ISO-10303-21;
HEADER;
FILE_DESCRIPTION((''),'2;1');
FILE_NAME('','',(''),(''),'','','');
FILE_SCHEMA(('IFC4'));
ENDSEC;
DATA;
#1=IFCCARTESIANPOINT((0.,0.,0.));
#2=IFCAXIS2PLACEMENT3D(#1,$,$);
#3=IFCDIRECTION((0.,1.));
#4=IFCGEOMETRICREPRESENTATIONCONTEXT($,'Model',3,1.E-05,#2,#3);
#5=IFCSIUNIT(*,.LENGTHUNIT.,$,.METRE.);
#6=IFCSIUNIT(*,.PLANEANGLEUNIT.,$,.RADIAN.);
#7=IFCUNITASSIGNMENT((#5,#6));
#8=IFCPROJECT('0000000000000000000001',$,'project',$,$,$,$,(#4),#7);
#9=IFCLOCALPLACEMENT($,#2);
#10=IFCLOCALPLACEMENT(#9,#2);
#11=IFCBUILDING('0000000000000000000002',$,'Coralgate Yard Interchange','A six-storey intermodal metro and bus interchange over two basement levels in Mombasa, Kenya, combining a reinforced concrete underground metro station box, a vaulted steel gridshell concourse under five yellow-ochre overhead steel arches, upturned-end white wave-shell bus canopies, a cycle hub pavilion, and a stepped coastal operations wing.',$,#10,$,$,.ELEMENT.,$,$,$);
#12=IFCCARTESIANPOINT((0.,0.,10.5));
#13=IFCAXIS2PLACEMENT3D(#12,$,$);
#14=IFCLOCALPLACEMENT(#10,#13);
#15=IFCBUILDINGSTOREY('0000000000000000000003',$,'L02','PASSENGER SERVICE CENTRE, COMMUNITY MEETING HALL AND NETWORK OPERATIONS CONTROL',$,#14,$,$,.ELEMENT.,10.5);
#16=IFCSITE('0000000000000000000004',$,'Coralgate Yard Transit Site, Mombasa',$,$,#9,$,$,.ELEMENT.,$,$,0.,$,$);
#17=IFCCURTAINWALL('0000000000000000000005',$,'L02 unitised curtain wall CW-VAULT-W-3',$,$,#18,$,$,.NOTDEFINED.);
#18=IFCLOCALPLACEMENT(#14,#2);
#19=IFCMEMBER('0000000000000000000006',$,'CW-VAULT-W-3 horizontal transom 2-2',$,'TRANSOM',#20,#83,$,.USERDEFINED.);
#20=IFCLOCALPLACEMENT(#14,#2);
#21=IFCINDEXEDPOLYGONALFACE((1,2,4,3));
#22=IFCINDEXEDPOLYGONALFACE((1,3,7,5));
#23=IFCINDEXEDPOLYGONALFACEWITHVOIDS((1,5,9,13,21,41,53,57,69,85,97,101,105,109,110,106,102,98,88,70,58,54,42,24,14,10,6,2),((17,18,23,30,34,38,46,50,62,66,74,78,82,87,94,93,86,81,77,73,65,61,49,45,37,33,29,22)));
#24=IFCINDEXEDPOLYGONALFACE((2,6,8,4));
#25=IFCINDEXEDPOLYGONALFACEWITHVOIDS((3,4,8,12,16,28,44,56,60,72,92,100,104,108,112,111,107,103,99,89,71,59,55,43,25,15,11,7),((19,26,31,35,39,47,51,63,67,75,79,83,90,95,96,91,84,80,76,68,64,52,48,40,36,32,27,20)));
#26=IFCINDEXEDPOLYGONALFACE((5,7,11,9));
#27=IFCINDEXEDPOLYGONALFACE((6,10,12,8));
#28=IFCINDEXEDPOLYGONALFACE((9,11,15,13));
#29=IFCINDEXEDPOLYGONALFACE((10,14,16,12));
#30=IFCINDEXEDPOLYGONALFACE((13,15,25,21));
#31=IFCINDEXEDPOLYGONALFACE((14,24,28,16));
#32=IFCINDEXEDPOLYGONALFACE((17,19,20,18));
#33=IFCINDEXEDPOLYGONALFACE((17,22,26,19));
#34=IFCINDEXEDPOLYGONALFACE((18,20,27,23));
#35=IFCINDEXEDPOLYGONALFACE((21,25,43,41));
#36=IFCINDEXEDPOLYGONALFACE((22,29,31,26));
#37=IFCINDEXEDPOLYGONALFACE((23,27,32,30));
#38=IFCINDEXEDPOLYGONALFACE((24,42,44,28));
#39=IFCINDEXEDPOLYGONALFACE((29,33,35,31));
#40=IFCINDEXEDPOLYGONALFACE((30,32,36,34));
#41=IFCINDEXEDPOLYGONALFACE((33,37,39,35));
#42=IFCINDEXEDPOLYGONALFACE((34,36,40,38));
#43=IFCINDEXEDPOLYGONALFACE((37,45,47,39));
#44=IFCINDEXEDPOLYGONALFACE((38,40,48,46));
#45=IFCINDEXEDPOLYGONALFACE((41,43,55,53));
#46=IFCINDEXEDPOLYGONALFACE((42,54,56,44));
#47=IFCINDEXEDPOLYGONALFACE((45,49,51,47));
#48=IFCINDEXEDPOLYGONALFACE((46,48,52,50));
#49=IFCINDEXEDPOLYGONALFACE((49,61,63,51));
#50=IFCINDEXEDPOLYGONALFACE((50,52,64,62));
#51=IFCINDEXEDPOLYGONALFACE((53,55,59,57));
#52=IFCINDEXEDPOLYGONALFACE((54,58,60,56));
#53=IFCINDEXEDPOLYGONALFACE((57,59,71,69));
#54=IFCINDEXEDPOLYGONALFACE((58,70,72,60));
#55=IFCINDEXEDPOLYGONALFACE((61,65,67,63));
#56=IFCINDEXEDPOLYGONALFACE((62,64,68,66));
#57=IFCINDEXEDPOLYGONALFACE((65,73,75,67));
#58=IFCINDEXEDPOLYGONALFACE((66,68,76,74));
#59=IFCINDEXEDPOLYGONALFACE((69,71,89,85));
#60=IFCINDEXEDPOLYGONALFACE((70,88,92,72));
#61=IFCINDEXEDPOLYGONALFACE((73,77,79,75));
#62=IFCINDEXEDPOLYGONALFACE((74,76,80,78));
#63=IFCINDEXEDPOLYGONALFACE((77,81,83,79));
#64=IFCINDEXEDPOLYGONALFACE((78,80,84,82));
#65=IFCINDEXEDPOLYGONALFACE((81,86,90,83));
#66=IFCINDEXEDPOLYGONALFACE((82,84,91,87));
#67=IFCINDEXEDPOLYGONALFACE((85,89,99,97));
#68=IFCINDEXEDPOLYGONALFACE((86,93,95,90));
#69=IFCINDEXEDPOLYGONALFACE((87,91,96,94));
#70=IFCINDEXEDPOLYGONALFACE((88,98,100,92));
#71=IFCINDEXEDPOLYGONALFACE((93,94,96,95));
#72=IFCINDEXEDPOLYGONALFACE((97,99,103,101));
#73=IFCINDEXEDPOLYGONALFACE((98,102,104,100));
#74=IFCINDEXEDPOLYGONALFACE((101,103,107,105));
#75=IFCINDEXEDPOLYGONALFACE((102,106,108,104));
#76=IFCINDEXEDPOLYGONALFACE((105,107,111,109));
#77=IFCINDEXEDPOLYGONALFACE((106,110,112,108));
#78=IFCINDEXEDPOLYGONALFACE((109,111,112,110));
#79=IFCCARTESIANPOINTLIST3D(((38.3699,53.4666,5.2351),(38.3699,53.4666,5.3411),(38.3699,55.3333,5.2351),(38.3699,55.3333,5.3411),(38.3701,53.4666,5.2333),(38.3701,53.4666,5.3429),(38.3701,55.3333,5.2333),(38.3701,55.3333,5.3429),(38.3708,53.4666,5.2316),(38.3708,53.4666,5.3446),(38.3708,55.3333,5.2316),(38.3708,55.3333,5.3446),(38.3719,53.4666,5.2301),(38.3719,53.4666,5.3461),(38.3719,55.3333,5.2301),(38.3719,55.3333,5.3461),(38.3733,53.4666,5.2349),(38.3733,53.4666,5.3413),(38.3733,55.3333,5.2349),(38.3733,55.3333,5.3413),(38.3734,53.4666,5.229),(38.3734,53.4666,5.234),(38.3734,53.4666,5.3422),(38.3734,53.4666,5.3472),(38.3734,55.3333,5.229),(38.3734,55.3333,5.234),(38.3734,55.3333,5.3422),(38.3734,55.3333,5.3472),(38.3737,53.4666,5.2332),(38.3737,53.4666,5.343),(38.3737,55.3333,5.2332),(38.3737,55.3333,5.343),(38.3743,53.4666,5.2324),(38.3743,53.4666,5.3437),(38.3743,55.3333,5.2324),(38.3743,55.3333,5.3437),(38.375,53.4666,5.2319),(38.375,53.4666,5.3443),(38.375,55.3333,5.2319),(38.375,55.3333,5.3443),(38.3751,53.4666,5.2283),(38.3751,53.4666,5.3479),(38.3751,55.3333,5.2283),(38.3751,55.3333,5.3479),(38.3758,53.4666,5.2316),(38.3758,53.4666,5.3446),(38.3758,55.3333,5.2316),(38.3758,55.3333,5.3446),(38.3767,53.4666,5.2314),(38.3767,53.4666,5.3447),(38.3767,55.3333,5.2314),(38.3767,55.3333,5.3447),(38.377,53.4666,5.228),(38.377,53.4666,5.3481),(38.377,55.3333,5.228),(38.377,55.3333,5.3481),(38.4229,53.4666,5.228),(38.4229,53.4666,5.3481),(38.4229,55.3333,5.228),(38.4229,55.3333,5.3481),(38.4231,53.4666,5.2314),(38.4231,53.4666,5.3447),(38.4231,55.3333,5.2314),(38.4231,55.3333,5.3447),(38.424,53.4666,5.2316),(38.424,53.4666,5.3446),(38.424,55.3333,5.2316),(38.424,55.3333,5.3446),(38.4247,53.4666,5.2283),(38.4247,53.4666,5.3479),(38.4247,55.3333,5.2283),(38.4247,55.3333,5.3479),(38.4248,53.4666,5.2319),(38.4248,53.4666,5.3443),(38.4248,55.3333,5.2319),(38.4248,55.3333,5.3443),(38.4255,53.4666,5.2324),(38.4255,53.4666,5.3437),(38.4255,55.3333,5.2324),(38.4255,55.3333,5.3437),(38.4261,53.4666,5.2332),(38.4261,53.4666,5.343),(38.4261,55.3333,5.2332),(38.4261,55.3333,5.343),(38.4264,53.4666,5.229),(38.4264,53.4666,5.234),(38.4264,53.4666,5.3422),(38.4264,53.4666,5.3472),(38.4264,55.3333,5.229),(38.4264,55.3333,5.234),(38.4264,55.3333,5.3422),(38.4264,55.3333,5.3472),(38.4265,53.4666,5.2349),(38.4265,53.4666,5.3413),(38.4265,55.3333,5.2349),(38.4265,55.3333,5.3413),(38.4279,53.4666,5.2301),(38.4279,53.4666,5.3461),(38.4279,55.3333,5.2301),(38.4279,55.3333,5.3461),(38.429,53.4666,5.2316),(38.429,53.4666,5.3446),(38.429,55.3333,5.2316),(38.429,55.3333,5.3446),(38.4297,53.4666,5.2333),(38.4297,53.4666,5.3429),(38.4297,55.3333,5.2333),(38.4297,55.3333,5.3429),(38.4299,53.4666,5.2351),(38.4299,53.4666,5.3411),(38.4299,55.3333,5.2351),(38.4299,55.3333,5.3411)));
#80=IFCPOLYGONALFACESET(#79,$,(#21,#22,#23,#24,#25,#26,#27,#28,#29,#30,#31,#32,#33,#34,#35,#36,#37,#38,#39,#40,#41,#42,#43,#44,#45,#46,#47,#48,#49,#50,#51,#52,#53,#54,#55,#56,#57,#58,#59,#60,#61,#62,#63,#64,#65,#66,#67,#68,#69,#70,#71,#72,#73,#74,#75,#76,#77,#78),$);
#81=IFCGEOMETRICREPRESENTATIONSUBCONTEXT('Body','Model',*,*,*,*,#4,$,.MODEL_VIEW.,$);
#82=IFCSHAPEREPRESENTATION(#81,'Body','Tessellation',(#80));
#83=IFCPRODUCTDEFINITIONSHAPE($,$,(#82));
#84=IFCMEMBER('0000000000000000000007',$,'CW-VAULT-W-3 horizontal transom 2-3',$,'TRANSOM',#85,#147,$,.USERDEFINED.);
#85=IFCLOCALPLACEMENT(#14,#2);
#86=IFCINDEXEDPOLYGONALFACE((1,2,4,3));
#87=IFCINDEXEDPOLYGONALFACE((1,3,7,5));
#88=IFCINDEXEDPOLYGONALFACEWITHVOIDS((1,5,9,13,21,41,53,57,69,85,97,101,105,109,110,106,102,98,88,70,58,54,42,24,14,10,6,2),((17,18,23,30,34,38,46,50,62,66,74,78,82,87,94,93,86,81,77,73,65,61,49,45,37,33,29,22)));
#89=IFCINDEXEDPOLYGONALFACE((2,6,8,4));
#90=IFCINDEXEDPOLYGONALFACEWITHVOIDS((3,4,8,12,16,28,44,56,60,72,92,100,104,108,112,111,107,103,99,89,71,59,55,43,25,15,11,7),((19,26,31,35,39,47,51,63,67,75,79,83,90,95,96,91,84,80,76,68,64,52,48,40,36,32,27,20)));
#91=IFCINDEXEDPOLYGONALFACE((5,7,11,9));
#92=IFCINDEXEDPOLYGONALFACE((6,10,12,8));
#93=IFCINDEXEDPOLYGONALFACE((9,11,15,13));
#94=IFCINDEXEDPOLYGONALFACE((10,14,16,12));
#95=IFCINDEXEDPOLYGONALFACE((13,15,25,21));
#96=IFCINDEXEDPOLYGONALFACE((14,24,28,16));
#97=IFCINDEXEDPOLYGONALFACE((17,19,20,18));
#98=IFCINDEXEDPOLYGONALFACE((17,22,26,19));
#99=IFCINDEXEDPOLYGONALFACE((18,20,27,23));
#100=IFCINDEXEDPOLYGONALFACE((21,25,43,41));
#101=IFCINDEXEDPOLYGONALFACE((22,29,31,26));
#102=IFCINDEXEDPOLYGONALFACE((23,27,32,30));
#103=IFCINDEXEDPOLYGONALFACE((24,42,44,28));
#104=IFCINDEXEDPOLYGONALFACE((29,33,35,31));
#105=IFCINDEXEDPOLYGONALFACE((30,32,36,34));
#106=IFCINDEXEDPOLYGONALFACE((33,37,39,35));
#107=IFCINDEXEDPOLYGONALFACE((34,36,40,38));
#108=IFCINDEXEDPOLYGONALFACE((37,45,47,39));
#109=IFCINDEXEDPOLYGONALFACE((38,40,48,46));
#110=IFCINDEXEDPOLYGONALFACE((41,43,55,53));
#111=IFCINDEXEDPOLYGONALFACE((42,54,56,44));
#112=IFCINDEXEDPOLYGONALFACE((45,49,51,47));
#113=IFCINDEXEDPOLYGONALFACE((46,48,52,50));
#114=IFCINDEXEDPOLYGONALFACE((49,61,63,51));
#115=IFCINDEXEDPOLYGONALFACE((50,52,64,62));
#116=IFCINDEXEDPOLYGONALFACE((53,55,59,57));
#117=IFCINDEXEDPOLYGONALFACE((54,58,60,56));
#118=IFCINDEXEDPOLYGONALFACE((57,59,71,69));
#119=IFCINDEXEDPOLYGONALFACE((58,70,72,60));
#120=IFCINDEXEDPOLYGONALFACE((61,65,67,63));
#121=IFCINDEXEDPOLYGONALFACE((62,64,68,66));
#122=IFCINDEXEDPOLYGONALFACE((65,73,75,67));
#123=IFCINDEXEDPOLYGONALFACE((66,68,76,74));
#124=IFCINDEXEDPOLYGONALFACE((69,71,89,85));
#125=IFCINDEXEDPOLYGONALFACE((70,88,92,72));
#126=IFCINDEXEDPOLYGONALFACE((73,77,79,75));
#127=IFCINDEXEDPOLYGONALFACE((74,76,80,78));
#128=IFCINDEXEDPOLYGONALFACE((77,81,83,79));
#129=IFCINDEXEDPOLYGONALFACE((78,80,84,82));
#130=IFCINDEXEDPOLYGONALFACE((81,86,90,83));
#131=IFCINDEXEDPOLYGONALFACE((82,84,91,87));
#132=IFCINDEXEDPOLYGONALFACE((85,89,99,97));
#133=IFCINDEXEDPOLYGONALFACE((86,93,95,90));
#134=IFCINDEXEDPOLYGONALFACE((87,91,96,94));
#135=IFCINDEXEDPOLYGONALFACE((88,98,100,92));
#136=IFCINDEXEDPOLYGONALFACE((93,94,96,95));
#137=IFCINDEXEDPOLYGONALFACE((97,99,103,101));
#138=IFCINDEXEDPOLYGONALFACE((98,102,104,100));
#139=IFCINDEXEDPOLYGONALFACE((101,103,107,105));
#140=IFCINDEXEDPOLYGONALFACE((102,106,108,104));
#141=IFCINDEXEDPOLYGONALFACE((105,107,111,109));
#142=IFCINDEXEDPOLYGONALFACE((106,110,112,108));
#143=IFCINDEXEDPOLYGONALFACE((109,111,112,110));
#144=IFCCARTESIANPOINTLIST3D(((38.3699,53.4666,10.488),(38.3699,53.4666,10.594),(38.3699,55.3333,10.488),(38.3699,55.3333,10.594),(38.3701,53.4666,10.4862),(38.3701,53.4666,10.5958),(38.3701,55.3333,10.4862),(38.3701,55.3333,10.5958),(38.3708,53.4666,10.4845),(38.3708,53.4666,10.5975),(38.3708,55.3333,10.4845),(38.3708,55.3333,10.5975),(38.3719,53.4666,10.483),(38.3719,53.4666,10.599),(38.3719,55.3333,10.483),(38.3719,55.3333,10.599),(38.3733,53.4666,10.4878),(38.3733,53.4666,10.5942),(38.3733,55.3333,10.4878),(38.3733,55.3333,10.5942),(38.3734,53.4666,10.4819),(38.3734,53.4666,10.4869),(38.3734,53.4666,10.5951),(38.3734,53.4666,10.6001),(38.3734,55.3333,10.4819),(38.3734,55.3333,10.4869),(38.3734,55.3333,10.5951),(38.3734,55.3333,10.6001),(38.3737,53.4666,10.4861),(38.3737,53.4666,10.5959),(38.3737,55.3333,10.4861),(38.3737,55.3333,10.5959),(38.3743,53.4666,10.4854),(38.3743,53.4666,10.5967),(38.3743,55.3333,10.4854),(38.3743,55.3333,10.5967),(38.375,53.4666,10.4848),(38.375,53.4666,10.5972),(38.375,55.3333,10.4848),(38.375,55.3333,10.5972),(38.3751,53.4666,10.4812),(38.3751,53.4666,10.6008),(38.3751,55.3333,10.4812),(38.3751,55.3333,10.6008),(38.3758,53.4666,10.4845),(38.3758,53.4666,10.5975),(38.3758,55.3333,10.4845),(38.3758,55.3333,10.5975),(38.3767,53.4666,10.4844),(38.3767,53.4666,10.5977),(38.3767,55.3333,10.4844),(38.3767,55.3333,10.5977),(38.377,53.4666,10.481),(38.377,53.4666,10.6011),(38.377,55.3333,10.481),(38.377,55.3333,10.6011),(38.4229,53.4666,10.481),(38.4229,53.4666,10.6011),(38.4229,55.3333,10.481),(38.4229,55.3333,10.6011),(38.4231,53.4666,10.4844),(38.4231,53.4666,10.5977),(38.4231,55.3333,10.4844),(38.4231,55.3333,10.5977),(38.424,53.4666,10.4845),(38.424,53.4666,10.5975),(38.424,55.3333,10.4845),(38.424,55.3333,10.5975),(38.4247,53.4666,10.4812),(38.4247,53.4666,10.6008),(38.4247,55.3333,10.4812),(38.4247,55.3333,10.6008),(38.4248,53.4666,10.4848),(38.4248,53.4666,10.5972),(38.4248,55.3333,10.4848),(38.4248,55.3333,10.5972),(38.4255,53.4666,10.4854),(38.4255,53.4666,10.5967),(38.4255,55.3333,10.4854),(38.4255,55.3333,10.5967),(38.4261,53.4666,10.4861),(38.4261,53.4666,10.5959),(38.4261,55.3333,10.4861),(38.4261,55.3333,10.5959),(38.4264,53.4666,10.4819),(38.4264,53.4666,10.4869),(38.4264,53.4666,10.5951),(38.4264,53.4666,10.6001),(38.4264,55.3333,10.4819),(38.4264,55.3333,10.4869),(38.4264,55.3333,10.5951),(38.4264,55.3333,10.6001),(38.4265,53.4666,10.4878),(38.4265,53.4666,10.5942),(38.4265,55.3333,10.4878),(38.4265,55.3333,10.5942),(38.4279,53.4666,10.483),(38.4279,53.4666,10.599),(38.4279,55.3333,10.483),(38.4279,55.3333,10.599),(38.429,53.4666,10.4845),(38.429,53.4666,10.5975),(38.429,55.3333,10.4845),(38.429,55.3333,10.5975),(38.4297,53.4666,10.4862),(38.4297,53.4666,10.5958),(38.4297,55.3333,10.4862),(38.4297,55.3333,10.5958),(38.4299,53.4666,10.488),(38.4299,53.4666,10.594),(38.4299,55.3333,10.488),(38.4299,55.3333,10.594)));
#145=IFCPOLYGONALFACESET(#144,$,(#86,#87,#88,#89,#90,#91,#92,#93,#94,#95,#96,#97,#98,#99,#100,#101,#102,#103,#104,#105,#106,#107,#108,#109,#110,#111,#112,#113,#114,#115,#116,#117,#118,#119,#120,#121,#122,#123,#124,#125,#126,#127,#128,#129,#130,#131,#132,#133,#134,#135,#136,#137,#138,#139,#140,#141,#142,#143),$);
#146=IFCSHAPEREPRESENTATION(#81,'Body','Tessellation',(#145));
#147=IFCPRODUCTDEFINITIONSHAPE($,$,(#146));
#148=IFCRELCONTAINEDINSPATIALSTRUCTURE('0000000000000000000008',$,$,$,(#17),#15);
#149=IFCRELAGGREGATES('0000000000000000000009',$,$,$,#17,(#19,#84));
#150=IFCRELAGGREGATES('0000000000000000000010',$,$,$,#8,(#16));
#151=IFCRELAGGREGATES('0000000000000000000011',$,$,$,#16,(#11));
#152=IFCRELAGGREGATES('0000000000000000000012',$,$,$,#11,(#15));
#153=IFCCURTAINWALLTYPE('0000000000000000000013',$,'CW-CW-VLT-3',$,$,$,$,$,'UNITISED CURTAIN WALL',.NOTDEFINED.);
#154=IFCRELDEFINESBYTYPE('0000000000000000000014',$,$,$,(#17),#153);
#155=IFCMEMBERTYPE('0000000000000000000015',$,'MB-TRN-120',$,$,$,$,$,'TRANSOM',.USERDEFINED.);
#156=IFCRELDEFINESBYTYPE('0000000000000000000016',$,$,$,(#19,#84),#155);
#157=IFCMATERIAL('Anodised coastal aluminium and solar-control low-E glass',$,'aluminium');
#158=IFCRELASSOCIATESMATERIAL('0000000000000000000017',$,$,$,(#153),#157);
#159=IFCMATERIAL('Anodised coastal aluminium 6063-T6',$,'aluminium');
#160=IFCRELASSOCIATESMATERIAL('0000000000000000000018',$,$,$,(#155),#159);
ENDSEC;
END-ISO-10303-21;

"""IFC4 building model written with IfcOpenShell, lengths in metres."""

from ifc_helpers import new_model, si_unit, direction, frame, origin, origin_2d, place, context, subcontext, project, spatial, hollow_rectangle, extrude, material, material_profile, profile_set, type_object, element, aggregate, save


model = new_model("IFC4")

# Units and contexts
model_context = context("Model", 3, precision=1e-05, world=origin(), true_north=direction((0.0, 1.0)))
body_context = subcontext(model_context, "Body", "Model", "MODEL_VIEW")
ifc_project = project(units=[si_unit("LENGTHUNIT", "METRE"), si_unit("PLANEANGLEUNIT", "RADIAN")], contexts=[model_context])

# Site, building, storey
site_placement = place(None, origin())
site = spatial("IfcSite", under=ifc_project, at=site_placement, Name="Coralgate Yard Transit Site, Mombasa", CompositionType="ELEMENT", RefElevation=0.0)
building_placement = place(site_placement, origin())
building = spatial("IfcBuilding", under=site, at=building_placement, Name="Coralgate Yard Interchange", Description="A six-storey intermodal metro and bus interchange over two basement levels in Mombasa, Kenya, combining a reinforced concrete underground metro station box, a vaulted steel gridshell concourse under five yellow-ochre overhead steel arches, upturned-end white wave-shell bus canopies, a cycle hub pavilion, and a stepped coastal operations wing.", CompositionType="ELEMENT")
storey_placement = place(building_placement, frame((0.0, 0.0, 10.5)))
storey = spatial("IfcBuildingStorey", under=building, at=storey_placement, Name="L02", Description="PASSENGER SERVICE CENTRE, COMMUNITY MEETING HALL AND NETWORK OPERATIONS CONTROL", CompositionType="ELEMENT", Elevation=10.5)

# Curtain wall
ifc_material_1 = material(Name="Anodised coastal aluminium and solar-control low-E glass", Category="aluminium")
curtain_wall_type = type_object("IfcCurtainWallType", Name="CW-CW-VLT-3", ElementType="UNITISED CURTAIN WALL", PredefinedType="NOTDEFINED", material=ifc_material_1)
curtain_wall_1_placement = place(storey_placement, origin())
curtain_wall_1 = element("IfcCurtainWall", 1, at=curtain_wall_1_placement, inside=storey, type_object=curtain_wall_type, Name="L02 unitised curtain wall CW-VAULT-W-3", PredefinedType="NOTDEFINED")
ifc_material_2 = material(Name="Anodised coastal aluminium 6063-T6", Category="aluminium")

# Members
ifc_material_profile_1 = material_profile(ifc_material_2, hollow_rectangle(XDim=0.0601, YDim=0.1201, WallThickness=0.0034, InnerFilletRadius=0.0034, OuterFilletRadius=0.0071, at=origin_2d()), Name="ALU 60x120x3.5")
ifc_profile_set_1 = profile_set([ifc_material_profile_1], Name="Anodised coastal aluminium 6063-T6")
member_type_1 = type_object("IfcMemberType", Name="MB-TRN-120", ElementType="TRANSOM", PredefinedType="USERDEFINED", material=ifc_profile_set_1)
member_1_placement = place(storey_placement, frame((38.3999, 53.4666, 5.2881), z_axis=(0.0, 1.0, 0.0), x_axis=(-1.0, 0.0, 0.0)))
member_1 = element("IfcMember", 2, at=member_1_placement, type_object=member_type_1, Name="CW-VAULT-W-3 horizontal transom 2-2", ObjectType="TRANSOM", PredefinedType="USERDEFINED", context=body_context, shape_type="SweptSolid", body=[
    extrude(hollow_rectangle(XDim=0.0601, YDim=0.1201, WallThickness=0.0034, InnerFilletRadius=0.0034, OuterFilletRadius=0.0071, at=origin_2d()), origin(), (0.0, 0.0, 1.0), 1.8667),
])
member_2_placement = place(storey_placement, frame((38.3999, 53.4666, 10.541), z_axis=(0.0, 1.0, 0.0), x_axis=(-1.0, 0.0, 0.0)))
member_2 = element("IfcMember", 3, at=member_2_placement, type_object=member_type_1, Name="CW-VAULT-W-3 horizontal transom 2-3", ObjectType="TRANSOM", PredefinedType="USERDEFINED", context=body_context, shape_type="SweptSolid", body=[
    extrude(hollow_rectangle(XDim=0.0601, YDim=0.1201, WallThickness=0.0034, InnerFilletRadius=0.0034, OuterFilletRadius=0.0071, at=origin_2d()), origin(), (0.0, 0.0, 1.0), 1.8667),
])

aggregate(curtain_wall_1, [member_1, member_2])

save(model, "model.ifc")
